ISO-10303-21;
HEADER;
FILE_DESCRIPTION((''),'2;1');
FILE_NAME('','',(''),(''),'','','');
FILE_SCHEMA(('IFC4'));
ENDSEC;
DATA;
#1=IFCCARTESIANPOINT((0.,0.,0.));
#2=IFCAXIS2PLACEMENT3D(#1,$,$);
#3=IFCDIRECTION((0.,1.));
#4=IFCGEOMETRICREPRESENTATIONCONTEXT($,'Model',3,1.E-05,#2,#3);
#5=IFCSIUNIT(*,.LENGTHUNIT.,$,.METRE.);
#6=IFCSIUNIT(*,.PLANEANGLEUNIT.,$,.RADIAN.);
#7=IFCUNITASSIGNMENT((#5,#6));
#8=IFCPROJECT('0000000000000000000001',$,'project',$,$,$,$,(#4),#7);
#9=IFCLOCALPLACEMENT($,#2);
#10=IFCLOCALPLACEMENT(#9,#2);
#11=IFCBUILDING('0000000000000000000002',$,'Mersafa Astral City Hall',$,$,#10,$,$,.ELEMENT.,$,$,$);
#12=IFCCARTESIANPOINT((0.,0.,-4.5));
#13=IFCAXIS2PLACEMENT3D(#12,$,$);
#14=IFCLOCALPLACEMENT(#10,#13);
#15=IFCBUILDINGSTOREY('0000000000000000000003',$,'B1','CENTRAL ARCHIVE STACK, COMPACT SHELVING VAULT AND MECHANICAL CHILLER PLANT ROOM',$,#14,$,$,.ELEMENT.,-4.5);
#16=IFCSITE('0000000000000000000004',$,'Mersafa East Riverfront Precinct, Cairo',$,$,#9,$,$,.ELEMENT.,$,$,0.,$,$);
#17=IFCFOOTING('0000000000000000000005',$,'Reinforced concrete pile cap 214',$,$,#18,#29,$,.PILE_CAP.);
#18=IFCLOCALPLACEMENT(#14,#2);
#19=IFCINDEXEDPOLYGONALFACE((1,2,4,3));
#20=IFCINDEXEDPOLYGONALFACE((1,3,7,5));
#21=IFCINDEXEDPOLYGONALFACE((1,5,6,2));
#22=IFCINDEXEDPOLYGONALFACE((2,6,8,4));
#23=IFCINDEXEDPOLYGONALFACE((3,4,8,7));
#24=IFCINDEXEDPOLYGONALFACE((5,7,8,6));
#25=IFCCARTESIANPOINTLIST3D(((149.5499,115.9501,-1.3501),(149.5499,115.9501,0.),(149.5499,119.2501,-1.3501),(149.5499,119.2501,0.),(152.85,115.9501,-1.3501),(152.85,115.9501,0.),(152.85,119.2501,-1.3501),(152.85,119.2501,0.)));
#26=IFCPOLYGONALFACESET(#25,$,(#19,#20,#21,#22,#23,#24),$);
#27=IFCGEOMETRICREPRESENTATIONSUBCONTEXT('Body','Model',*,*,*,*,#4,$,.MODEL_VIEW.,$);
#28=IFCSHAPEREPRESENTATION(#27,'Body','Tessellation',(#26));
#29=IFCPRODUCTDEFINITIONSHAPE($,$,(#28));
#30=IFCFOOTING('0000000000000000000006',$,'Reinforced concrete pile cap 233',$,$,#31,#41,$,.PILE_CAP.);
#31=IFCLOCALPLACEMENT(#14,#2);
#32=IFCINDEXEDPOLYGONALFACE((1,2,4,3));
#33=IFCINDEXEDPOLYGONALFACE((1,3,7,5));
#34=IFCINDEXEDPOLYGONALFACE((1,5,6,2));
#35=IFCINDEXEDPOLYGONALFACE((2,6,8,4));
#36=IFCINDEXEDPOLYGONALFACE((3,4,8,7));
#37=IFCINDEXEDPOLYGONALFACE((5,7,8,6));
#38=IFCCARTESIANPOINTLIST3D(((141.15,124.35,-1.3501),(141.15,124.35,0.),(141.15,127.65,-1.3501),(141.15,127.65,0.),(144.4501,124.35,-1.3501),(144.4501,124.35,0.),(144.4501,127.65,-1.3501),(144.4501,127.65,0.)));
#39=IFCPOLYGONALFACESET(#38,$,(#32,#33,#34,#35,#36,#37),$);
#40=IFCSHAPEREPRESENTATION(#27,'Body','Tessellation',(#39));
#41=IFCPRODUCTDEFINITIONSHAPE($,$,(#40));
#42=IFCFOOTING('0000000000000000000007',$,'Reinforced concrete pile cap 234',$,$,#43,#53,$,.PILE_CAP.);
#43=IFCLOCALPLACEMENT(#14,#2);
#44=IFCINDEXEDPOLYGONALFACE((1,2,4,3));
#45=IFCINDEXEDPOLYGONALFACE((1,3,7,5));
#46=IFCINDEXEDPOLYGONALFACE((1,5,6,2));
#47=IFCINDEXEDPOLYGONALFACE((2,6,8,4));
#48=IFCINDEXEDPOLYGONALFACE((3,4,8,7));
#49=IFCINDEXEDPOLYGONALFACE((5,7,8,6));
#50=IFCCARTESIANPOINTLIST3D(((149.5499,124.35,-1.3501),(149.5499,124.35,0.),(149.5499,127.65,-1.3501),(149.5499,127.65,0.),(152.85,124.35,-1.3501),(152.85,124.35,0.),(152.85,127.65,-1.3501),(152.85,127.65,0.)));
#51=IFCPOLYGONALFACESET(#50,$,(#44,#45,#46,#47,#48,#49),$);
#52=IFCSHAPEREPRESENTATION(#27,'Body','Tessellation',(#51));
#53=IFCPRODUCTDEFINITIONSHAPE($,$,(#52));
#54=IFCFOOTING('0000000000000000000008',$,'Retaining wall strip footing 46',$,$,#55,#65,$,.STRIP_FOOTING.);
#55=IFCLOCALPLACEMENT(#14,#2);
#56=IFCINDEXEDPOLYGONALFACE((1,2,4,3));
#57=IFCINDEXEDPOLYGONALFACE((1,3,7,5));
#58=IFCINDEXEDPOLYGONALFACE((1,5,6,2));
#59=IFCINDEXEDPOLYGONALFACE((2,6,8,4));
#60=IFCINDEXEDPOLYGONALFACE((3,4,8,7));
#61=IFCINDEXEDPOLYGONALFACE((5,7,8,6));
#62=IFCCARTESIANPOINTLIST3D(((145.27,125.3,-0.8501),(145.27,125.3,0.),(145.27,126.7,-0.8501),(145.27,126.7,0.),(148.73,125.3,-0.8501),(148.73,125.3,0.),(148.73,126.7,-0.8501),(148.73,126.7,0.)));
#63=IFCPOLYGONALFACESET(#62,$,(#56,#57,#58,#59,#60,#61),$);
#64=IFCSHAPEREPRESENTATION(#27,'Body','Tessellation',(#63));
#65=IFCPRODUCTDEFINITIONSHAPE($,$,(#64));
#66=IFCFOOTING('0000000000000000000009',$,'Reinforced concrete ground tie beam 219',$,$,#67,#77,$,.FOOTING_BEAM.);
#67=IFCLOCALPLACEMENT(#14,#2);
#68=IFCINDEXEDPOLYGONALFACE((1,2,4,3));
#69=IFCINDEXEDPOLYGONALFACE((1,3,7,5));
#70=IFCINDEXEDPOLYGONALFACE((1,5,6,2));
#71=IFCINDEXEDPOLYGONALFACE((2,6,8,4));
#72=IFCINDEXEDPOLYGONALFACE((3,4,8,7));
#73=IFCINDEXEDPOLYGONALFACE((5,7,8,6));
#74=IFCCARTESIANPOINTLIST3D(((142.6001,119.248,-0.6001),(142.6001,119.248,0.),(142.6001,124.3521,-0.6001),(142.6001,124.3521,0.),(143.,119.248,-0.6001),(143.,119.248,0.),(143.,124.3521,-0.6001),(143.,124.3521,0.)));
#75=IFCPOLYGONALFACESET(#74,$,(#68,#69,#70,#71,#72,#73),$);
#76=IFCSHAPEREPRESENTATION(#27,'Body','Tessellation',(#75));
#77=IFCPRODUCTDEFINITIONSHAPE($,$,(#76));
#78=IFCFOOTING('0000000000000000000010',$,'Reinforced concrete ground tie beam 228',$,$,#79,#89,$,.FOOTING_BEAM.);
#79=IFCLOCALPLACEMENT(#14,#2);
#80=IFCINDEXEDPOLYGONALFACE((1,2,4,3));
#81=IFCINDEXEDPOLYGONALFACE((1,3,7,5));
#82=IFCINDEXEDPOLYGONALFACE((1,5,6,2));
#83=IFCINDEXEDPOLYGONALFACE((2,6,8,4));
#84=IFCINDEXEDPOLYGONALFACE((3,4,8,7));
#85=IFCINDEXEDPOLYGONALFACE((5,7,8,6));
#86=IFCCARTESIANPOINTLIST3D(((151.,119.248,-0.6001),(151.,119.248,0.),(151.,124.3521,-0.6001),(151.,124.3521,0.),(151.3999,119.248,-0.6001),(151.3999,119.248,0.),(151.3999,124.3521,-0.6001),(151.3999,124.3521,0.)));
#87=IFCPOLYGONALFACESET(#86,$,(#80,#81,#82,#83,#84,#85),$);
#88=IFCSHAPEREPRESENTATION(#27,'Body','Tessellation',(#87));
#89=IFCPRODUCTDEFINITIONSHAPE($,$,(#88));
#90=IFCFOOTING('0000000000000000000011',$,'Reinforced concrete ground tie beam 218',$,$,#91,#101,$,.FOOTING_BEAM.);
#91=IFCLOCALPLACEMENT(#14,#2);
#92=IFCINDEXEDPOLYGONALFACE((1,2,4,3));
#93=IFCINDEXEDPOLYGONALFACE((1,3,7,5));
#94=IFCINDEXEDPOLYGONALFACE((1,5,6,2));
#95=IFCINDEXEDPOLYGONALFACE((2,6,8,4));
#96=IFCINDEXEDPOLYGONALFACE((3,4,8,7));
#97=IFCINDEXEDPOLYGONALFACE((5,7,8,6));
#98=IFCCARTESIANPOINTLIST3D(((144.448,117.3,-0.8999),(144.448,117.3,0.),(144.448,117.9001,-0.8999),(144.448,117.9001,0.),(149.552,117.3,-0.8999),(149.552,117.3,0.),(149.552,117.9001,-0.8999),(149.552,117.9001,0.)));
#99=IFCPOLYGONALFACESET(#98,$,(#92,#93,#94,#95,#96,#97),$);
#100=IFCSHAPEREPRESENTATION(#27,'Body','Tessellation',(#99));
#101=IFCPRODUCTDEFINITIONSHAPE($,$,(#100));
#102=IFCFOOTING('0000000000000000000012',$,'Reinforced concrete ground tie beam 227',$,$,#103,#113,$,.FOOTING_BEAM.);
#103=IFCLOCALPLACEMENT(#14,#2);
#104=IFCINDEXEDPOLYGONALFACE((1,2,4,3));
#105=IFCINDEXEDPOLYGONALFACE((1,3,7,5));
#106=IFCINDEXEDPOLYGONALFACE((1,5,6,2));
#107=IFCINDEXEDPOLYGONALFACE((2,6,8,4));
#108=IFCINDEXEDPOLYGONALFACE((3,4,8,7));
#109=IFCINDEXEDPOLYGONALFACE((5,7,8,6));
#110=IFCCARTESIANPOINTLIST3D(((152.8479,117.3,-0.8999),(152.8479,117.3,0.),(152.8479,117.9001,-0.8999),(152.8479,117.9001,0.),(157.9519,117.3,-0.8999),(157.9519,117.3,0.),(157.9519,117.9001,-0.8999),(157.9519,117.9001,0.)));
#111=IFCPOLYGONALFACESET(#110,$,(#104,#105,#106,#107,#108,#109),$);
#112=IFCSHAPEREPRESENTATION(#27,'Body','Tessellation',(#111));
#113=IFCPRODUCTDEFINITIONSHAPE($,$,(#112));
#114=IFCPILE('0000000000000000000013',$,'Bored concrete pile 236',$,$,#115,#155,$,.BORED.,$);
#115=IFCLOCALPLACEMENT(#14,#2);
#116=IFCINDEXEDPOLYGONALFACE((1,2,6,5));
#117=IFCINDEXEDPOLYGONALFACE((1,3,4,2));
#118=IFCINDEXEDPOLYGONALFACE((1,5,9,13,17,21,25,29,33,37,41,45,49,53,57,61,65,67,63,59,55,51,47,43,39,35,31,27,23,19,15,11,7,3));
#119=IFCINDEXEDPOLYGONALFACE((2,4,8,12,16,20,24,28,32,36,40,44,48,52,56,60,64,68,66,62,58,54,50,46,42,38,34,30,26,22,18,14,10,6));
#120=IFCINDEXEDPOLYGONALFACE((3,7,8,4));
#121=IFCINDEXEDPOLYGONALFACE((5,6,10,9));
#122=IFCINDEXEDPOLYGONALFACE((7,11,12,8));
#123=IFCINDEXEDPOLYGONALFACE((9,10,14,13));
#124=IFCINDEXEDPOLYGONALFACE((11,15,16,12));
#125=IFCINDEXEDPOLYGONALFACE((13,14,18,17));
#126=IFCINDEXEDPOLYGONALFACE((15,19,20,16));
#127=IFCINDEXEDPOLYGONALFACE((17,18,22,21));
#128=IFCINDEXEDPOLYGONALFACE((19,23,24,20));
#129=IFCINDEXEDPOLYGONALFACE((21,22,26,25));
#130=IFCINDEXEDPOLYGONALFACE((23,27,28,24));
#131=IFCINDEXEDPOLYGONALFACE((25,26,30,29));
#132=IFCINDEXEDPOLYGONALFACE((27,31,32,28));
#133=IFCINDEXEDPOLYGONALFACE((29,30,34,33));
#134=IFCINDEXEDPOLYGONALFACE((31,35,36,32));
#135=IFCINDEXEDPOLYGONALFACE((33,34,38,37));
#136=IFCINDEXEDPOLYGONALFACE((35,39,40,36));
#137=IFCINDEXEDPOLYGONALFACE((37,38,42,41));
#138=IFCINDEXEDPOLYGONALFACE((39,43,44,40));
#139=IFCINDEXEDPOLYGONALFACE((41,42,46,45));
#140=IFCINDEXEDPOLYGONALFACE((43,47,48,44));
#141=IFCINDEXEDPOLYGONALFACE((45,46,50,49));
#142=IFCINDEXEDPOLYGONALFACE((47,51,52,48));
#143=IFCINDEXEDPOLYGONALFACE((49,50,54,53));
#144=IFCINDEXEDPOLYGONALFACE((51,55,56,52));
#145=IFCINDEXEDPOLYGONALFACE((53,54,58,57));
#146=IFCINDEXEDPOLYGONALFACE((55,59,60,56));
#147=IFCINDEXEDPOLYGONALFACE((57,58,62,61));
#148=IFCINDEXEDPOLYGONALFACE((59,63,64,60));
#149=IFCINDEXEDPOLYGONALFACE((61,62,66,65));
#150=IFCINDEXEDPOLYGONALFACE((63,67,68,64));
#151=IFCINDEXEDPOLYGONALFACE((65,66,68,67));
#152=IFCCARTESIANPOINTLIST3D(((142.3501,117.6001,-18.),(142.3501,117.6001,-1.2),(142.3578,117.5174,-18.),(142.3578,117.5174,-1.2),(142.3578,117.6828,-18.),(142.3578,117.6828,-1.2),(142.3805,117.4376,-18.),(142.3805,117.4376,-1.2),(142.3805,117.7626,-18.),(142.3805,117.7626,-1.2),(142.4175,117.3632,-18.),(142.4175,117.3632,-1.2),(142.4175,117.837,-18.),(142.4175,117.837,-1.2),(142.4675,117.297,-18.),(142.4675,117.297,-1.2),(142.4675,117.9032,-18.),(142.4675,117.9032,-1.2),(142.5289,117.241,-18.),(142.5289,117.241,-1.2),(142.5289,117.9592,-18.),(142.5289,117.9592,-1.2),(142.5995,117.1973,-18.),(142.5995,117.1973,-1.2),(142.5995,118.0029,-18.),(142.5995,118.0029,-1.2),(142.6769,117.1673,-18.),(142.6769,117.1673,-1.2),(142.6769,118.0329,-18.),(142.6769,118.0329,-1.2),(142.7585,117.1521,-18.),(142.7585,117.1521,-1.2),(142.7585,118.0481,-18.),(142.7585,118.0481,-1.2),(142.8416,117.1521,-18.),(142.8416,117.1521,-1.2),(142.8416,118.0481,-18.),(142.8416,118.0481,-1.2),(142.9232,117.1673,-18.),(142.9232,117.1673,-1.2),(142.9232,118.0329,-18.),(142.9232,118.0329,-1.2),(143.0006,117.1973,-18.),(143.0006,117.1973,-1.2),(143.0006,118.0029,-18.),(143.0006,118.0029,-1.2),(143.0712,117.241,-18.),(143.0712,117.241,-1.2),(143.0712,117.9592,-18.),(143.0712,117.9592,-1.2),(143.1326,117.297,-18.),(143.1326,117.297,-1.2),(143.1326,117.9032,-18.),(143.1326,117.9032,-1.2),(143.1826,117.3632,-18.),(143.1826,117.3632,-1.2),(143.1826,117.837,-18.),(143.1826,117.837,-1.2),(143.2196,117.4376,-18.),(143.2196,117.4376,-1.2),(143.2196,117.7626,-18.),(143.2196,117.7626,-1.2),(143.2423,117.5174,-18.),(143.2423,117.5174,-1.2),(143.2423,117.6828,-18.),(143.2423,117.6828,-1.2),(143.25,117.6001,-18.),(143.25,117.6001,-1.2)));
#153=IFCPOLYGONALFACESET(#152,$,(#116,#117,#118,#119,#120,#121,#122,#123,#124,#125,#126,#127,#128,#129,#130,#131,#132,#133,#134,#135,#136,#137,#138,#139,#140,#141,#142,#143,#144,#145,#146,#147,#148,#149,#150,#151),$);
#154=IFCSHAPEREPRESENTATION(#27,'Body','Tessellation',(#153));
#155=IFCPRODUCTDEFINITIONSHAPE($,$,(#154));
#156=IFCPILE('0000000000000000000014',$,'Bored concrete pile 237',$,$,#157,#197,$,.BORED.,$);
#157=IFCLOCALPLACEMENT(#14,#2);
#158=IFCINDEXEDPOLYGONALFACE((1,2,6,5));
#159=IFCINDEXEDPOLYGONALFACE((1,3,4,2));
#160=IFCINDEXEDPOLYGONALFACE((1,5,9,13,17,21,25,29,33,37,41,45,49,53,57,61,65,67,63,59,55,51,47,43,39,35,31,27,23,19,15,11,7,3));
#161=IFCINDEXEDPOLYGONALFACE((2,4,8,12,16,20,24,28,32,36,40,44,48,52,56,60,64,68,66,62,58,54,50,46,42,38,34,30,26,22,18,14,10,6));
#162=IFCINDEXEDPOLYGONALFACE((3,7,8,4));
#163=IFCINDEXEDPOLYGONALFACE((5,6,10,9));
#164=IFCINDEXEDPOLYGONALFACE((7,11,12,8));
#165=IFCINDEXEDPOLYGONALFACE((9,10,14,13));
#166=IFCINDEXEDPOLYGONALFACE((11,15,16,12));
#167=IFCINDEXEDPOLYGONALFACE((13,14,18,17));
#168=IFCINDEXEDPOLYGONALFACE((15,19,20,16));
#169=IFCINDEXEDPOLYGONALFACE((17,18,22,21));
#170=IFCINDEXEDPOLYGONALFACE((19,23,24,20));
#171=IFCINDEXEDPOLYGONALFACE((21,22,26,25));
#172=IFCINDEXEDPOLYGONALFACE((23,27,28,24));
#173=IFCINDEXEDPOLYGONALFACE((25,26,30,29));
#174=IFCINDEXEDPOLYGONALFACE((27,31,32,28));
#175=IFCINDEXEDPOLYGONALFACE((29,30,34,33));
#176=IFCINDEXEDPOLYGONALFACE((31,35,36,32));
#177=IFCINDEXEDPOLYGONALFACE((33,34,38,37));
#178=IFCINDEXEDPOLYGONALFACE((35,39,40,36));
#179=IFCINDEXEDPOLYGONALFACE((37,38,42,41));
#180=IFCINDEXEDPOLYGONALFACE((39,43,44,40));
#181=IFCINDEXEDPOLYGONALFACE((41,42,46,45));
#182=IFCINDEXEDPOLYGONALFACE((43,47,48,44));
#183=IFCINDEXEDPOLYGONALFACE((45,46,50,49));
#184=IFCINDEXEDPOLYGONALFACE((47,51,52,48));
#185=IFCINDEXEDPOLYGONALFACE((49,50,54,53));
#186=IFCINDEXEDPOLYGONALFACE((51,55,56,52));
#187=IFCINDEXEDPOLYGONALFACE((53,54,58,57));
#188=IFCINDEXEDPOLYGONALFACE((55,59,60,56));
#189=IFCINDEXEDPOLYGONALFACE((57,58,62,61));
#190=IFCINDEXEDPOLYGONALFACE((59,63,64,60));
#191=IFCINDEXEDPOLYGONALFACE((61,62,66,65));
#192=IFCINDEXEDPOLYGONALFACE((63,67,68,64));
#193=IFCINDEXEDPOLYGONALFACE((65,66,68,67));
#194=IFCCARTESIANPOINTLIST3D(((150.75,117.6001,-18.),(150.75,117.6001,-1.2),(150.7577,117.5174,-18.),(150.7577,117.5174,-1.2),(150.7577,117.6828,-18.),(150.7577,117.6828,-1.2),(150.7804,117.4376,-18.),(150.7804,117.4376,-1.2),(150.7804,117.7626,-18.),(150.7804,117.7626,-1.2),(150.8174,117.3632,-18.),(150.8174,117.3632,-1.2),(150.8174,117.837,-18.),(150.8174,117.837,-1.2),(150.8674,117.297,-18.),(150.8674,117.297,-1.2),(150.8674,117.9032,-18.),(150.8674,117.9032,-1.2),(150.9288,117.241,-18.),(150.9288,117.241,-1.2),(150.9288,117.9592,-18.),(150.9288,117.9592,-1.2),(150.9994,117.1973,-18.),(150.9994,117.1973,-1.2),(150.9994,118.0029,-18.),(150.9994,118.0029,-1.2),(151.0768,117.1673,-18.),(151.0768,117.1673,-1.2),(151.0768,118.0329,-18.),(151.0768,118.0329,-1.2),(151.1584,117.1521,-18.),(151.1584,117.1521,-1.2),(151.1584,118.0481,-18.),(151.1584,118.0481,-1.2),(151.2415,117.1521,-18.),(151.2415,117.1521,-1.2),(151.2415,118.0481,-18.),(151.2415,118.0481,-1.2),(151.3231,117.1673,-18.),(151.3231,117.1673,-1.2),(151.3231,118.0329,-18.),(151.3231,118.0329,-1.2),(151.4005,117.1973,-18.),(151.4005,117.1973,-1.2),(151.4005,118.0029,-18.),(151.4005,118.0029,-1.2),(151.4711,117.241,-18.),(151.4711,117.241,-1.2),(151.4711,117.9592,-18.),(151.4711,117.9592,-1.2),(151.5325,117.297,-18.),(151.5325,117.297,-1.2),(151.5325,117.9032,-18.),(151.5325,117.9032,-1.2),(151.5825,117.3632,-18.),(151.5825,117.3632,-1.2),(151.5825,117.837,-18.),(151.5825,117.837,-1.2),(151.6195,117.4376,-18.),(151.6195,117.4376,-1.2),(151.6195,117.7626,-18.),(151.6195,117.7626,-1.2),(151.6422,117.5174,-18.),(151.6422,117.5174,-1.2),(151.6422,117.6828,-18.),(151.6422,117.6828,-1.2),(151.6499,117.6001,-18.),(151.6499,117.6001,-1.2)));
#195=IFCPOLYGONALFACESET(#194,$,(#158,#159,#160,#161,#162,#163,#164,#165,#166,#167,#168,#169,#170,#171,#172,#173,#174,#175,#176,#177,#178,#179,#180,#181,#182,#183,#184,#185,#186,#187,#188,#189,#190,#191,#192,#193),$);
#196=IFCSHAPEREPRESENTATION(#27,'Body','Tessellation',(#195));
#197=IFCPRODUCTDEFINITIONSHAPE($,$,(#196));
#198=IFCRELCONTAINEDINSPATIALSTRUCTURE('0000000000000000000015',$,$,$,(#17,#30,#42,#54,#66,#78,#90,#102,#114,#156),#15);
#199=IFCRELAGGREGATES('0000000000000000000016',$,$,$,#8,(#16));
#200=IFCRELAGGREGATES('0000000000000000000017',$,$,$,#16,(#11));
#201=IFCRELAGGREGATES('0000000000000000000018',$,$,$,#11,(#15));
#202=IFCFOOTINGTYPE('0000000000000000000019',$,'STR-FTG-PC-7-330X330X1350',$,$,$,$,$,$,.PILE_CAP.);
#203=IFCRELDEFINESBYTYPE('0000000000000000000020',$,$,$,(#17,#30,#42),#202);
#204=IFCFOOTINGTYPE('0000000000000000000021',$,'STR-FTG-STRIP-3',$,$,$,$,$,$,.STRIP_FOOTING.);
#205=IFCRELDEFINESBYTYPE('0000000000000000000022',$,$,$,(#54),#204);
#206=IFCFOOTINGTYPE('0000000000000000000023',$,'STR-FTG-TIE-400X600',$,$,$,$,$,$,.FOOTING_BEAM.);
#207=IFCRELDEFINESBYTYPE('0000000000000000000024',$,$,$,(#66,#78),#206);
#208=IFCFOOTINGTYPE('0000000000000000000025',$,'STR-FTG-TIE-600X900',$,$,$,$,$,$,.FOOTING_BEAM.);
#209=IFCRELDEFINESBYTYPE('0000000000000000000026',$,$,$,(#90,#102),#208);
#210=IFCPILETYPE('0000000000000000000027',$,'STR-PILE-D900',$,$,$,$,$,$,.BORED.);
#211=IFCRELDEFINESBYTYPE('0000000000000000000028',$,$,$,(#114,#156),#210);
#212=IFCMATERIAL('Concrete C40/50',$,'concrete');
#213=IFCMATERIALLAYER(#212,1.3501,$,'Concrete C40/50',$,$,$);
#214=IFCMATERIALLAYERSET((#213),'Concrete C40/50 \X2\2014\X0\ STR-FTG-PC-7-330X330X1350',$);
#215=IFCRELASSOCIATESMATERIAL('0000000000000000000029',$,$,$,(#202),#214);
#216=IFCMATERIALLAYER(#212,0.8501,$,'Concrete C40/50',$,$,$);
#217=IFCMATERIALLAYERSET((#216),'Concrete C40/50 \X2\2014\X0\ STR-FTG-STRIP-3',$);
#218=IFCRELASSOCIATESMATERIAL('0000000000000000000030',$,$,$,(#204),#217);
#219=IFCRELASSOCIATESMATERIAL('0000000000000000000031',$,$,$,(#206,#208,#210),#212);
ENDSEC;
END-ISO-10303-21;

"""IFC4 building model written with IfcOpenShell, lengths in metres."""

from ifc_helpers import new_model, si_unit, direction, frame, origin, origin_2d, place, context, subcontext, project, spatial, rectangle, circle, extrude, material, layer, layer_set, material_profile, profile_set, type_object, element, save


model = new_model("IFC4")

# Units and contexts
model_context = context("Model", 3, precision=1e-05, world=origin(), true_north=direction((0.0, 1.0)))
body_context = subcontext(model_context, "Body", "Model", "MODEL_VIEW")
ifc_project = project(units=[si_unit("LENGTHUNIT", "METRE"), si_unit("PLANEANGLEUNIT", "RADIAN")], contexts=[model_context])

# Site, building, storey
site_placement = place(None, origin())
site = spatial("IfcSite", under=ifc_project, at=site_placement, Name="Mersafa East Riverfront Precinct, Cairo", CompositionType="ELEMENT", RefElevation=0.0)
building_placement = place(site_placement, origin())
building = spatial("IfcBuilding", under=site, at=building_placement, Name="Mersafa Astral City Hall", CompositionType="ELEMENT")
storey_placement = place(building_placement, frame((0.0, 0.0, -4.5)))
storey = spatial("IfcBuildingStorey", under=building, at=storey_placement, Name="B1", Description="CENTRAL ARCHIVE STACK, COMPACT SHELVING VAULT AND MECHANICAL CHILLER PLANT ROOM", CompositionType="ELEMENT", Elevation=-4.5)

# Footings
ifc_material_1 = material(Name="Concrete C40/50", Category="concrete")
ifc_layer_1 = layer(ifc_material_1, 1.3501, Name="Concrete C40/50")
ifc_layer_set_1 = layer_set([ifc_layer_1], Name="Concrete C40/50 — STR-FTG-PC-7-330X330X1350")
footing_type_1 = type_object("IfcFootingType", Name="STR-FTG-PC-7-330X330X1350", PredefinedType="PILE_CAP", material=ifc_layer_set_1)
for number, where, z_axis, x_axis, name in (
    (1, (151.2, 117.6001, -1.3501), (0.0, 0.0, 1.0), (1.0, 0.0, 0.0), "Reinforced concrete pile cap 214"),
    (2, (142.8, 126.0, -1.3501), (0.0, 0.0, 1.0), (1.0, 0.0, 0.0), "Reinforced concrete pile cap 233"),
    (3, (151.2, 126.0, -1.3501), (0.0, 0.0, 1.0), (1.0, 0.0, 0.0), "Reinforced concrete pile cap 234"),
):
    element("IfcFooting", number, at=place(storey_placement, frame(where, z_axis=z_axis, x_axis=x_axis)), inside=storey, type_object=footing_type_1, Name=name, PredefinedType="PILE_CAP", context=body_context, shape_type="SweptSolid", body=[
        extrude(rectangle(XDim=3.3, YDim=3.3, at=origin_2d()), origin(), (0.0, 0.0, 1.0), 1.3501),
    ])
ifc_layer_2 = layer(ifc_material_1, 0.8501, Name="Concrete C40/50")
ifc_layer_set_2 = layer_set([ifc_layer_2], Name="Concrete C40/50 — STR-FTG-STRIP-3")
footing_type_2 = type_object("IfcFootingType", Name="STR-FTG-STRIP-3", PredefinedType="STRIP_FOOTING", material=ifc_layer_set_2)
footing_placement = place(storey_placement, frame((147.0, 126.0, -0.8501), z_axis=(0.0, 0.0, 1.0), x_axis=(1.0, 0.0, 0.0)))
element("IfcFooting", 4, at=footing_placement, inside=storey, type_object=footing_type_2, Name="Retaining wall strip footing 46", PredefinedType="STRIP_FOOTING", context=body_context, shape_type="SweptSolid", body=[
    extrude(rectangle(XDim=3.46, YDim=1.3999, at=origin_2d()), origin(), (0.0, 0.0, 1.0), 0.8501),
])
ifc_material_profile_1 = material_profile(ifc_material_1, rectangle(XDim=0.3999, YDim=0.6001, at=origin_2d()), Name="RC 400x600")
ifc_profile_set_1 = profile_set([ifc_material_profile_1], Name="Concrete C40/50")
footing_type_3 = type_object("IfcFootingType", Name="STR-FTG-TIE-400X600", PredefinedType="FOOTING_BEAM", material=ifc_profile_set_1)
for number, where, z_axis, x_axis, name in (
    (5, (142.8, 119.248, -0.3), (0.0, 1.0, 0.0), (-1.0, 0.0, 0.0), "Reinforced concrete ground tie beam 219"),
    (6, (151.2, 119.248, -0.3), (0.0, 1.0, 0.0), (-1.0, 0.0, 0.0), "Reinforced concrete ground tie beam 228"),
):
    element("IfcFooting", number, at=place(storey_placement, frame(where, z_axis=z_axis, x_axis=x_axis)), inside=storey, type_object=footing_type_3, Name=name, PredefinedType="FOOTING_BEAM", context=body_context, shape_type="SweptSolid", body=[
        extrude(rectangle(XDim=0.3999, YDim=0.6001, at=origin_2d()), origin(), (0.0, 0.0, 1.0), 5.104),
    ])
ifc_material_profile_2 = material_profile(ifc_material_1, rectangle(XDim=0.6001, YDim=0.8999, at=origin_2d()), Name="RC 600x900")
ifc_profile_set_2 = profile_set([ifc_material_profile_2], Name="Concrete C40/50")
footing_type_4 = type_object("IfcFootingType", Name="STR-FTG-TIE-600X900", PredefinedType="FOOTING_BEAM", material=ifc_profile_set_2)
for number, where, z_axis, x_axis, name in (
    (7, (144.448, 117.6001, -0.45), (1.0, 0.0, 0.0), (0.0, 1.0, 0.0), "Reinforced concrete ground tie beam 218"),
    (8, (152.8479, 117.6001, -0.45), (1.0, 0.0, 0.0), (0.0, 1.0, 0.0), "Reinforced concrete ground tie beam 227"),
):
    element("IfcFooting", number, at=place(storey_placement, frame(where, z_axis=z_axis, x_axis=x_axis)), inside=storey, type_object=footing_type_4, Name=name, PredefinedType="FOOTING_BEAM", context=body_context, shape_type="SweptSolid", body=[
        extrude(rectangle(XDim=0.6001, YDim=0.8999, at=origin_2d()), origin(), (0.0, 0.0, 1.0), 5.104),
    ])

# Piles
ifc_material_profile_3 = material_profile(ifc_material_1, circle(Radius=0.45, at=origin_2d()), Name="PILE D900")
ifc_profile_set_3 = profile_set([ifc_material_profile_3], Name="Concrete C40/50")
pile_type = type_object("IfcPileType", Name="STR-PILE-D900", PredefinedType="BORED", material=ifc_profile_set_3)
for number, where, z_axis, x_axis, name in (
    (9, (142.8, 117.6001, -1.2), (0.0, 0.0, -1.0), (1.0, 0.0, 0.0), "Bored concrete pile 236"),
    (10, (151.2, 117.6001, -1.2), (0.0, 0.0, -1.0), (1.0, 0.0, 0.0), "Bored concrete pile 237"),
):
    element("IfcPile", number, at=place(storey_placement, frame(where, z_axis=z_axis, x_axis=x_axis)), inside=storey, type_object=pile_type, Name=name, PredefinedType="BORED", context=body_context, shape_type="SweptSolid", body=[
        extrude(circle(Radius=0.45, at=origin_2d()), origin(), (0.0, 0.0, 1.0), 16.8),
    ])

save(model, "model.ifc")
